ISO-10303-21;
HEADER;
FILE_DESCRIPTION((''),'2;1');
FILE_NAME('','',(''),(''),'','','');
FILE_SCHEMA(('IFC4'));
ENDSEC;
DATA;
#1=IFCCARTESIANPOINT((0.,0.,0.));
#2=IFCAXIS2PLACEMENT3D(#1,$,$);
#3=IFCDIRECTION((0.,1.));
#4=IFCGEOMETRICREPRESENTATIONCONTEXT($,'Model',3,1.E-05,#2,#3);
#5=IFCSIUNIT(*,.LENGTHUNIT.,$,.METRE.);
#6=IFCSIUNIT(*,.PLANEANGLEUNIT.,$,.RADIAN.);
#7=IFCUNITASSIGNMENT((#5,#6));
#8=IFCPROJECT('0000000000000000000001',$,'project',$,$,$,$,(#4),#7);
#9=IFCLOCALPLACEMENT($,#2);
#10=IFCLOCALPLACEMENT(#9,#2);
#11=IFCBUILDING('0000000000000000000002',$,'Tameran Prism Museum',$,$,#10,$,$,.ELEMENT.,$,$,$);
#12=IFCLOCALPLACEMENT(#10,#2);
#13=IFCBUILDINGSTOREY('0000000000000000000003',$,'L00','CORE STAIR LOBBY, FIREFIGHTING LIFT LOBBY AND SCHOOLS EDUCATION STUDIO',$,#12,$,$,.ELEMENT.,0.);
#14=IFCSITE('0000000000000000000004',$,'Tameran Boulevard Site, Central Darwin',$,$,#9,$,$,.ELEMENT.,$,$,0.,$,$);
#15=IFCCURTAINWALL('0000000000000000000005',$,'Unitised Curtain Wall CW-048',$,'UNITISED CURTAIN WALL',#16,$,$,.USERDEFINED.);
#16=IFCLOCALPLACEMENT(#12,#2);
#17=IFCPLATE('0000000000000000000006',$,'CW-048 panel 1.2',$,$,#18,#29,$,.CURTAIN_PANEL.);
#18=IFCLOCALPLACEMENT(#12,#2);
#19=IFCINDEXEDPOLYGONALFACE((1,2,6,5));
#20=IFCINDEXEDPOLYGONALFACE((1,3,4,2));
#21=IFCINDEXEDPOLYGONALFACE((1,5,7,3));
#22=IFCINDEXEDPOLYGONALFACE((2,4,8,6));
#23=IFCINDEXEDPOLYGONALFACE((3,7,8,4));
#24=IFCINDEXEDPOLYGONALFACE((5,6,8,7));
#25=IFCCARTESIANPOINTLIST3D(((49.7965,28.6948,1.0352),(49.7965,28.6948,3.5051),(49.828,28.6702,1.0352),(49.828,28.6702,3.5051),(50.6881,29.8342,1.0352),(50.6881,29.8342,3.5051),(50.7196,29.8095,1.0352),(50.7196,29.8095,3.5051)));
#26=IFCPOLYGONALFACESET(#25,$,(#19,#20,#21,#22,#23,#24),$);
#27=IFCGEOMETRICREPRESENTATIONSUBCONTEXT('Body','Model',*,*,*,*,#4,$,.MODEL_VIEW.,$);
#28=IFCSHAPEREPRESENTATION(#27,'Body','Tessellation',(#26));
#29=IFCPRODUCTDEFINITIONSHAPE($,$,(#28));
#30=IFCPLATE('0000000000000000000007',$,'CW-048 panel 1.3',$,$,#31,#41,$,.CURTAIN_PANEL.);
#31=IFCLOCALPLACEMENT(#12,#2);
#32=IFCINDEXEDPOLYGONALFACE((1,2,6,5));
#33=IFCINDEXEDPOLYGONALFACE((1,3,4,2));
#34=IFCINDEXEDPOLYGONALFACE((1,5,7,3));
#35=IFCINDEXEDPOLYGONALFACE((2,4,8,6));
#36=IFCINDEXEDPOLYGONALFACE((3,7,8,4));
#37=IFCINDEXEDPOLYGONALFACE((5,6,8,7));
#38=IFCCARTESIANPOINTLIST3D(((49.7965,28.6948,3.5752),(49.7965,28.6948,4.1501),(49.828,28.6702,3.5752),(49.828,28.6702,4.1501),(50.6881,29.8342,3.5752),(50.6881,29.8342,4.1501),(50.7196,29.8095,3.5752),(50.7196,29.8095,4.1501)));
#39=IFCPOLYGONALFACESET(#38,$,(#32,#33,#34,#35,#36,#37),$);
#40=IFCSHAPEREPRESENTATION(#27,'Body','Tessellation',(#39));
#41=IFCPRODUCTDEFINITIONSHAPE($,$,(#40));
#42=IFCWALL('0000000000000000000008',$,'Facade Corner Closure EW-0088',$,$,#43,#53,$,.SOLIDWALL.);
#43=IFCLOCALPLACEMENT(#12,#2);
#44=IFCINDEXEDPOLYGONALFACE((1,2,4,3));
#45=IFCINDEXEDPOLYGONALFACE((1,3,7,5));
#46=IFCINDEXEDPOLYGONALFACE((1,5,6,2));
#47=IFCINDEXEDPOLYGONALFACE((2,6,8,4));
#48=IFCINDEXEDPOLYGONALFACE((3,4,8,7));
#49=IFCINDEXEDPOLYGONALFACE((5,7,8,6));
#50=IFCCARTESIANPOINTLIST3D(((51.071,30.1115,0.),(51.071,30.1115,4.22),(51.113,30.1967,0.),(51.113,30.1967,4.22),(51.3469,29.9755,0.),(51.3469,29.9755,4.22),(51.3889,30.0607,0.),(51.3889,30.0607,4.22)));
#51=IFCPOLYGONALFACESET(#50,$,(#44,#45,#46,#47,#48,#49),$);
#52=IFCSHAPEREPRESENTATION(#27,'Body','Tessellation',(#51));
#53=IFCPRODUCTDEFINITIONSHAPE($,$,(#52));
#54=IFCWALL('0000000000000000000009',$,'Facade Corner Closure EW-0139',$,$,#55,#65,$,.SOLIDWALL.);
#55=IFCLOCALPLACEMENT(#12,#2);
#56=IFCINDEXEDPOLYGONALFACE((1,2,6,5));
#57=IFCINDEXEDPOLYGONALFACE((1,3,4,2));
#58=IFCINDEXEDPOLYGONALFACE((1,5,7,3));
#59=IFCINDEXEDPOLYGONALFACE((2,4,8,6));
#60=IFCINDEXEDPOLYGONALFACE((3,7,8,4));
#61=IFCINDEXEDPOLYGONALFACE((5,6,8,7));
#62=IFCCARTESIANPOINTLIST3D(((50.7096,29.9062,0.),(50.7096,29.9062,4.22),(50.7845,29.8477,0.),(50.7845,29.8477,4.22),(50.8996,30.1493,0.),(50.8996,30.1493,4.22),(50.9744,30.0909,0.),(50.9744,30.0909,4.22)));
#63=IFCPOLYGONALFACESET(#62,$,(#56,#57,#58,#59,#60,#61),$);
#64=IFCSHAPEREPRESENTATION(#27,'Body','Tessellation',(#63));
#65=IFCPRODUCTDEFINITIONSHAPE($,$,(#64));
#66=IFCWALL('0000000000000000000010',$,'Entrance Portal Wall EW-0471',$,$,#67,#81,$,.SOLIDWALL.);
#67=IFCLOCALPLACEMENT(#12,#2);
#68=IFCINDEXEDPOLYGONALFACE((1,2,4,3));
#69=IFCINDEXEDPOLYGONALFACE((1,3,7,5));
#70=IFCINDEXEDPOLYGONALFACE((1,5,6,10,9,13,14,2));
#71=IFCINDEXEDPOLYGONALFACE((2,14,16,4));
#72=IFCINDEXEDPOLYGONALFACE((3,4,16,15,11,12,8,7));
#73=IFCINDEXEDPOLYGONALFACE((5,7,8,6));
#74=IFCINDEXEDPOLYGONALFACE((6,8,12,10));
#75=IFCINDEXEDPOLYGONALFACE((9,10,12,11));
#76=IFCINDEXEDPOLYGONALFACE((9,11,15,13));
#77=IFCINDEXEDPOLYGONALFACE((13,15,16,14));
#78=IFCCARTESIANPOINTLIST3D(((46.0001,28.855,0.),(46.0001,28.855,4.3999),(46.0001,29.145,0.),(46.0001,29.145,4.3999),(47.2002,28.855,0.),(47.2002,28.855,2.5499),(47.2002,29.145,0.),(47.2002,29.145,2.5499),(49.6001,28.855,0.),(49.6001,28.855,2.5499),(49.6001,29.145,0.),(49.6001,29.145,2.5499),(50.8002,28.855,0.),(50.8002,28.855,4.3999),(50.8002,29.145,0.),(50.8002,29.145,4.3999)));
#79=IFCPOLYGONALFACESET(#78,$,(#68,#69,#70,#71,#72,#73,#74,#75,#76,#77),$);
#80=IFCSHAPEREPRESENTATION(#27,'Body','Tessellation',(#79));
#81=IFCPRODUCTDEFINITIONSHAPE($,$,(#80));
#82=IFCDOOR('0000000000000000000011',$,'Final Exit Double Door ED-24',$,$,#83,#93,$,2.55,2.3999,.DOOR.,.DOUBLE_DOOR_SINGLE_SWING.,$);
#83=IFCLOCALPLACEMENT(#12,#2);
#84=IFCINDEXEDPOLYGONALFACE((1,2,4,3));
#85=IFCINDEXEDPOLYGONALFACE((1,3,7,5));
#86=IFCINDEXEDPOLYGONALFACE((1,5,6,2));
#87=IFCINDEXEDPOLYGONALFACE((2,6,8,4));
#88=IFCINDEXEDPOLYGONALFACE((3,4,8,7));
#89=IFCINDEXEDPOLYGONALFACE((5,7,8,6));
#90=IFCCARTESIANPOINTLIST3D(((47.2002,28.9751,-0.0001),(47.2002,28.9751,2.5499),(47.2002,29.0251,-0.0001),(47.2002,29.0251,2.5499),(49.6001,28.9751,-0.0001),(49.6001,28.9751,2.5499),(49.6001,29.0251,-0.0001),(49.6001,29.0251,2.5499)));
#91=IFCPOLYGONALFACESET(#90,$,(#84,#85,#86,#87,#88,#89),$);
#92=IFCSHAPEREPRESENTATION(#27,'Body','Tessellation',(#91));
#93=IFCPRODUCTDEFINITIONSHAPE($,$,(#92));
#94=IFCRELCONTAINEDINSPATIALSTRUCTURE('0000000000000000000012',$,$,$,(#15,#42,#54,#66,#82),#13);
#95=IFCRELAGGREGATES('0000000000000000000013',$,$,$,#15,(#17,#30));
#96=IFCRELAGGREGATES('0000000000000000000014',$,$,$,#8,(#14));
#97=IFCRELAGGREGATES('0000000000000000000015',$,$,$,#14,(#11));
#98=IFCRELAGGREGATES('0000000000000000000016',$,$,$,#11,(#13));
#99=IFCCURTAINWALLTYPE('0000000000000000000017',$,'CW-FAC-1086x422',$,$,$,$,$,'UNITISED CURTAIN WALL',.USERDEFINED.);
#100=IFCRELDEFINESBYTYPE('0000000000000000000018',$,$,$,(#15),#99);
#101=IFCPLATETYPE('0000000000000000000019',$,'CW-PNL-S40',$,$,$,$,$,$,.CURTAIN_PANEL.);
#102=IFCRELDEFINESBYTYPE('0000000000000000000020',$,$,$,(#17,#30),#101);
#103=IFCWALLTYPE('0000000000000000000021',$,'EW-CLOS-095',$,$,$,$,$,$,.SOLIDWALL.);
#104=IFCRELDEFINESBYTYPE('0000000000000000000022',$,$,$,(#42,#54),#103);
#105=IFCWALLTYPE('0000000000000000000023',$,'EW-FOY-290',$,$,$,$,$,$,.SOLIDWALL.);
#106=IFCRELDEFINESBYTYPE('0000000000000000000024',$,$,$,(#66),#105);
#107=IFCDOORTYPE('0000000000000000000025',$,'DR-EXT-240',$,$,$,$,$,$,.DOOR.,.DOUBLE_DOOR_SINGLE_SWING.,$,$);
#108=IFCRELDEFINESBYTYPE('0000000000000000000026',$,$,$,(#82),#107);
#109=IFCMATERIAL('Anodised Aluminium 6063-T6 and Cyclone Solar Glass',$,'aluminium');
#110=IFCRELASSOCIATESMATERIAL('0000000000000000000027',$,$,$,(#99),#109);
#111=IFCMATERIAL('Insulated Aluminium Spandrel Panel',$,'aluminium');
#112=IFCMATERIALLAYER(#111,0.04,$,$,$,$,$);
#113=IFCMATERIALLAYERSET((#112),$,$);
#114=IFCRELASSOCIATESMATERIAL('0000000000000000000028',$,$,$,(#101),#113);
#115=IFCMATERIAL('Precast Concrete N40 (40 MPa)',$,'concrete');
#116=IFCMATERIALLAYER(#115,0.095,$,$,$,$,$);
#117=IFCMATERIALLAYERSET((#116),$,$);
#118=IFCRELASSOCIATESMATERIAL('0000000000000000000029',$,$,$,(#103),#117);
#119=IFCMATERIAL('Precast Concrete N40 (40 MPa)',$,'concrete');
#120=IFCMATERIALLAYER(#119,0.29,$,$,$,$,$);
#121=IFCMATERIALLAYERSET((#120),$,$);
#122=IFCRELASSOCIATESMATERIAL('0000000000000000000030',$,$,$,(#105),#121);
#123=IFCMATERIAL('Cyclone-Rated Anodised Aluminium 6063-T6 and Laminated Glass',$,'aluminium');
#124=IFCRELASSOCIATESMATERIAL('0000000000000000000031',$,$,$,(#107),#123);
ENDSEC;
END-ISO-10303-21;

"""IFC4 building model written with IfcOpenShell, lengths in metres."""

from ifc_helpers import new_model, si_unit, direction, frame, frame_2d, origin, origin_2d, place, context, subcontext, project, spatial, rectangle, extrude, material, layer, layer_set, type_object, element, fill, aggregate, save


model = new_model("IFC4")

# Units and contexts
model_context = context("Model", 3, precision=1e-05, world=origin(), true_north=direction((0.0, 1.0)))
body_context = subcontext(model_context, "Body", "Model", "MODEL_VIEW")
ifc_project = project(units=[si_unit("LENGTHUNIT", "METRE"), si_unit("PLANEANGLEUNIT", "RADIAN")], contexts=[model_context])

# Site, building, storey
site_placement = place(None, origin())
site = spatial("IfcSite", under=ifc_project, at=site_placement, Name="Tameran Boulevard Site, Central Darwin", CompositionType="ELEMENT", RefElevation=0.0)
building_placement = place(site_placement, origin())
building = spatial("IfcBuilding", under=site, at=building_placement, Name="Tameran Prism Museum", CompositionType="ELEMENT")
storey_placement = place(building_placement, origin())
storey = spatial("IfcBuildingStorey", under=building, at=storey_placement, Name="L00", Description="CORE STAIR LOBBY, FIREFIGHTING LIFT LOBBY AND SCHOOLS EDUCATION STUDIO", CompositionType="ELEMENT", Elevation=0.0)

# Curtain wall
ifc_material_1 = material(Name="Anodised Aluminium 6063-T6 and Cyclone Solar Glass", Category="aluminium")
curtain_wall_type_1 = type_object("IfcCurtainWallType", Name="CW-FAC-1086x422", ElementType="UNITISED CURTAIN WALL", PredefinedType="USERDEFINED", material=ifc_material_1)
curtain_wall_1_placement = place(storey_placement, origin())
curtain_wall_1 = element("IfcCurtainWall", 1, at=curtain_wall_1_placement, inside=storey, type_object=curtain_wall_type_1, Name="Unitised Curtain Wall CW-048", ObjectType="UNITISED CURTAIN WALL", PredefinedType="USERDEFINED")

# Plates
ifc_material_2 = material(Name="Insulated Aluminium Spandrel Panel", Category="aluminium")
ifc_layer_1 = layer(ifc_material_2, 0.04)
ifc_layer_set_1 = layer_set([ifc_layer_1])
plate_type_1 = type_object("IfcPlateType", Name="CW-PNL-S40", PredefinedType="CURTAIN_PANEL", material=ifc_layer_set_1)
plate_1_placement = place(storey_placement, frame((50.2581, 29.2522, 1.0352), z_axis=(0.0, 0.0, 1.0), x_axis=(-0.616283, -0.787524, 0.0)))
plate_1 = element("IfcPlate", 2, at=plate_1_placement, type_object=plate_type_1, Name="CW-048 panel 1.2", PredefinedType="CURTAIN_PANEL", context=body_context, shape_type="SweptSolid", body=[
    extrude(rectangle(XDim=1.4468, YDim=0.04, at=origin_2d()), origin(), (0.0, 0.0, 1.0), 2.47),
])
plate_2_placement = place(storey_placement, frame((50.2581, 29.2522, 3.5752), z_axis=(0.0, 0.0, 1.0), x_axis=(-0.616283, -0.787524, 0.0)))
plate_2 = element("IfcPlate", 3, at=plate_2_placement, type_object=plate_type_1, Name="CW-048 panel 1.3", PredefinedType="CURTAIN_PANEL", context=body_context, shape_type="SweptSolid", body=[
    extrude(rectangle(XDim=1.4468, YDim=0.04, at=origin_2d()), origin(), (0.0, 0.0, 1.0), 0.575),
])
aggregate(curtain_wall_1, [plate_1, plate_2])

# Walls
ifc_material_3 = material(Name="Precast Concrete N40 (40 MPa)", Category="concrete")
ifc_layer_2 = layer(ifc_material_3, 0.095)
ifc_layer_set_2 = layer_set([ifc_layer_2])
wall_type_1 = type_object("IfcWallType", Name="EW-CLOS-095", PredefinedType="SOLIDWALL", material=ifc_layer_set_2)
wall_1_placement = place(storey_placement, frame((51.3679, 30.0181, 0.0), z_axis=(0.0, 0.0, 1.0), x_axis=(-0.896953, 0.442126, 0.0)))
element("IfcWall", 4, at=wall_1_placement, inside=storey, type_object=wall_type_1, Name="Facade Corner Closure EW-0088", PredefinedType="SOLIDWALL", context=body_context, shape_type="SweptSolid", body=[
    extrude(rectangle(XDim=0.3076, YDim=0.095, at=frame_2d((0.1538, 0.0))), origin(), (0.0, 0.0, 1.0), 4.22),
])
wall_2_placement = place(storey_placement, frame((50.937, 30.1201, 0.0), z_axis=(0.0, 0.0, 1.0), x_axis=(-0.615583, -0.788072, 0.0)))
element("IfcWall", 5, at=wall_2_placement, inside=storey, type_object=wall_type_1, Name="Facade Corner Closure EW-0139", PredefinedType="SOLIDWALL", context=body_context, shape_type="SweptSolid", body=[
    extrude(rectangle(XDim=0.3086, YDim=0.095, at=frame_2d((0.1543, 0.0))), origin(), (0.0, 0.0, 1.0), 4.22),
])

# Wall, opening, door
ifc_material_4 = material(Name="Precast Concrete N40 (40 MPa)", Category="concrete")
ifc_layer_3 = layer(ifc_material_4, 0.29)
ifc_layer_set_3 = layer_set([ifc_layer_3])
wall_type_2 = type_object("IfcWallType", Name="EW-FOY-290", PredefinedType="SOLIDWALL", material=ifc_layer_set_3)
wall_3_placement = place(storey_placement, frame((50.8, 29.0, 0.0), z_axis=(0.0, 0.0, 1.0), x_axis=(-1.0, 0.0, 0.0)))
wall_3 = element("IfcWall", 6, at=wall_3_placement, inside=storey, type_object=wall_type_2, Name="Entrance Portal Wall EW-0471", PredefinedType="SOLIDWALL", context=body_context, shape_type="SweptSolid", body=[
    extrude(rectangle(XDim=4.8, YDim=0.29, at=frame_2d((2.3999, 0.0))), origin(), (0.0, 0.0, 1.0), 4.3999),
])
opening_placement = place(wall_3_placement, frame((1.2, 0.0, 0.0)))
opening = element("IfcOpeningElement", 7, at=opening_placement, cuts=wall_3, PredefinedType="OPENING", context=body_context, shape_type="SweptSolid", body=[
    extrude(rectangle(XDim=2.3999, YDim=2.55, at=frame_2d((1.2, 1.2749))), frame((0.0, 0.155, 0.0), z_axis=(0.0, -1.0, 0.0), x_axis=(1.0, 0.0, 0.0)), (0.0, 0.0, 1.0), 0.3101),
])
ifc_material_5 = material(Name="Cyclone-Rated Anodised Aluminium 6063-T6 and Laminated Glass", Category="aluminium")
door_type = type_object("IfcDoorType", Name="DR-EXT-240", OperationType="DOUBLE_DOOR_SINGLE_SWING", PredefinedType="DOOR", material=ifc_material_5)
door_placement = place(opening_placement, origin())
door = element("IfcDoor", 8, at=door_placement, inside=storey, type_object=door_type, Name="Final Exit Double Door ED-24", OperationType="DOUBLE_DOOR_SINGLE_SWING", OverallHeight=2.55, OverallWidth=2.3999, PredefinedType="DOOR", context=body_context, shape_type="SweptSolid", body=[
    extrude(rectangle(XDim=2.3999, YDim=2.55, at=frame_2d((1.2, 1.2749))), frame((0.0, 0.0249, 0.0), z_axis=(0.0, -1.0, 0.0), x_axis=(1.0, 0.0, 0.0)), (0.0, 0.0, 1.0), 0.05),
])
fill(opening, door)

save(model, "model.ifc")
